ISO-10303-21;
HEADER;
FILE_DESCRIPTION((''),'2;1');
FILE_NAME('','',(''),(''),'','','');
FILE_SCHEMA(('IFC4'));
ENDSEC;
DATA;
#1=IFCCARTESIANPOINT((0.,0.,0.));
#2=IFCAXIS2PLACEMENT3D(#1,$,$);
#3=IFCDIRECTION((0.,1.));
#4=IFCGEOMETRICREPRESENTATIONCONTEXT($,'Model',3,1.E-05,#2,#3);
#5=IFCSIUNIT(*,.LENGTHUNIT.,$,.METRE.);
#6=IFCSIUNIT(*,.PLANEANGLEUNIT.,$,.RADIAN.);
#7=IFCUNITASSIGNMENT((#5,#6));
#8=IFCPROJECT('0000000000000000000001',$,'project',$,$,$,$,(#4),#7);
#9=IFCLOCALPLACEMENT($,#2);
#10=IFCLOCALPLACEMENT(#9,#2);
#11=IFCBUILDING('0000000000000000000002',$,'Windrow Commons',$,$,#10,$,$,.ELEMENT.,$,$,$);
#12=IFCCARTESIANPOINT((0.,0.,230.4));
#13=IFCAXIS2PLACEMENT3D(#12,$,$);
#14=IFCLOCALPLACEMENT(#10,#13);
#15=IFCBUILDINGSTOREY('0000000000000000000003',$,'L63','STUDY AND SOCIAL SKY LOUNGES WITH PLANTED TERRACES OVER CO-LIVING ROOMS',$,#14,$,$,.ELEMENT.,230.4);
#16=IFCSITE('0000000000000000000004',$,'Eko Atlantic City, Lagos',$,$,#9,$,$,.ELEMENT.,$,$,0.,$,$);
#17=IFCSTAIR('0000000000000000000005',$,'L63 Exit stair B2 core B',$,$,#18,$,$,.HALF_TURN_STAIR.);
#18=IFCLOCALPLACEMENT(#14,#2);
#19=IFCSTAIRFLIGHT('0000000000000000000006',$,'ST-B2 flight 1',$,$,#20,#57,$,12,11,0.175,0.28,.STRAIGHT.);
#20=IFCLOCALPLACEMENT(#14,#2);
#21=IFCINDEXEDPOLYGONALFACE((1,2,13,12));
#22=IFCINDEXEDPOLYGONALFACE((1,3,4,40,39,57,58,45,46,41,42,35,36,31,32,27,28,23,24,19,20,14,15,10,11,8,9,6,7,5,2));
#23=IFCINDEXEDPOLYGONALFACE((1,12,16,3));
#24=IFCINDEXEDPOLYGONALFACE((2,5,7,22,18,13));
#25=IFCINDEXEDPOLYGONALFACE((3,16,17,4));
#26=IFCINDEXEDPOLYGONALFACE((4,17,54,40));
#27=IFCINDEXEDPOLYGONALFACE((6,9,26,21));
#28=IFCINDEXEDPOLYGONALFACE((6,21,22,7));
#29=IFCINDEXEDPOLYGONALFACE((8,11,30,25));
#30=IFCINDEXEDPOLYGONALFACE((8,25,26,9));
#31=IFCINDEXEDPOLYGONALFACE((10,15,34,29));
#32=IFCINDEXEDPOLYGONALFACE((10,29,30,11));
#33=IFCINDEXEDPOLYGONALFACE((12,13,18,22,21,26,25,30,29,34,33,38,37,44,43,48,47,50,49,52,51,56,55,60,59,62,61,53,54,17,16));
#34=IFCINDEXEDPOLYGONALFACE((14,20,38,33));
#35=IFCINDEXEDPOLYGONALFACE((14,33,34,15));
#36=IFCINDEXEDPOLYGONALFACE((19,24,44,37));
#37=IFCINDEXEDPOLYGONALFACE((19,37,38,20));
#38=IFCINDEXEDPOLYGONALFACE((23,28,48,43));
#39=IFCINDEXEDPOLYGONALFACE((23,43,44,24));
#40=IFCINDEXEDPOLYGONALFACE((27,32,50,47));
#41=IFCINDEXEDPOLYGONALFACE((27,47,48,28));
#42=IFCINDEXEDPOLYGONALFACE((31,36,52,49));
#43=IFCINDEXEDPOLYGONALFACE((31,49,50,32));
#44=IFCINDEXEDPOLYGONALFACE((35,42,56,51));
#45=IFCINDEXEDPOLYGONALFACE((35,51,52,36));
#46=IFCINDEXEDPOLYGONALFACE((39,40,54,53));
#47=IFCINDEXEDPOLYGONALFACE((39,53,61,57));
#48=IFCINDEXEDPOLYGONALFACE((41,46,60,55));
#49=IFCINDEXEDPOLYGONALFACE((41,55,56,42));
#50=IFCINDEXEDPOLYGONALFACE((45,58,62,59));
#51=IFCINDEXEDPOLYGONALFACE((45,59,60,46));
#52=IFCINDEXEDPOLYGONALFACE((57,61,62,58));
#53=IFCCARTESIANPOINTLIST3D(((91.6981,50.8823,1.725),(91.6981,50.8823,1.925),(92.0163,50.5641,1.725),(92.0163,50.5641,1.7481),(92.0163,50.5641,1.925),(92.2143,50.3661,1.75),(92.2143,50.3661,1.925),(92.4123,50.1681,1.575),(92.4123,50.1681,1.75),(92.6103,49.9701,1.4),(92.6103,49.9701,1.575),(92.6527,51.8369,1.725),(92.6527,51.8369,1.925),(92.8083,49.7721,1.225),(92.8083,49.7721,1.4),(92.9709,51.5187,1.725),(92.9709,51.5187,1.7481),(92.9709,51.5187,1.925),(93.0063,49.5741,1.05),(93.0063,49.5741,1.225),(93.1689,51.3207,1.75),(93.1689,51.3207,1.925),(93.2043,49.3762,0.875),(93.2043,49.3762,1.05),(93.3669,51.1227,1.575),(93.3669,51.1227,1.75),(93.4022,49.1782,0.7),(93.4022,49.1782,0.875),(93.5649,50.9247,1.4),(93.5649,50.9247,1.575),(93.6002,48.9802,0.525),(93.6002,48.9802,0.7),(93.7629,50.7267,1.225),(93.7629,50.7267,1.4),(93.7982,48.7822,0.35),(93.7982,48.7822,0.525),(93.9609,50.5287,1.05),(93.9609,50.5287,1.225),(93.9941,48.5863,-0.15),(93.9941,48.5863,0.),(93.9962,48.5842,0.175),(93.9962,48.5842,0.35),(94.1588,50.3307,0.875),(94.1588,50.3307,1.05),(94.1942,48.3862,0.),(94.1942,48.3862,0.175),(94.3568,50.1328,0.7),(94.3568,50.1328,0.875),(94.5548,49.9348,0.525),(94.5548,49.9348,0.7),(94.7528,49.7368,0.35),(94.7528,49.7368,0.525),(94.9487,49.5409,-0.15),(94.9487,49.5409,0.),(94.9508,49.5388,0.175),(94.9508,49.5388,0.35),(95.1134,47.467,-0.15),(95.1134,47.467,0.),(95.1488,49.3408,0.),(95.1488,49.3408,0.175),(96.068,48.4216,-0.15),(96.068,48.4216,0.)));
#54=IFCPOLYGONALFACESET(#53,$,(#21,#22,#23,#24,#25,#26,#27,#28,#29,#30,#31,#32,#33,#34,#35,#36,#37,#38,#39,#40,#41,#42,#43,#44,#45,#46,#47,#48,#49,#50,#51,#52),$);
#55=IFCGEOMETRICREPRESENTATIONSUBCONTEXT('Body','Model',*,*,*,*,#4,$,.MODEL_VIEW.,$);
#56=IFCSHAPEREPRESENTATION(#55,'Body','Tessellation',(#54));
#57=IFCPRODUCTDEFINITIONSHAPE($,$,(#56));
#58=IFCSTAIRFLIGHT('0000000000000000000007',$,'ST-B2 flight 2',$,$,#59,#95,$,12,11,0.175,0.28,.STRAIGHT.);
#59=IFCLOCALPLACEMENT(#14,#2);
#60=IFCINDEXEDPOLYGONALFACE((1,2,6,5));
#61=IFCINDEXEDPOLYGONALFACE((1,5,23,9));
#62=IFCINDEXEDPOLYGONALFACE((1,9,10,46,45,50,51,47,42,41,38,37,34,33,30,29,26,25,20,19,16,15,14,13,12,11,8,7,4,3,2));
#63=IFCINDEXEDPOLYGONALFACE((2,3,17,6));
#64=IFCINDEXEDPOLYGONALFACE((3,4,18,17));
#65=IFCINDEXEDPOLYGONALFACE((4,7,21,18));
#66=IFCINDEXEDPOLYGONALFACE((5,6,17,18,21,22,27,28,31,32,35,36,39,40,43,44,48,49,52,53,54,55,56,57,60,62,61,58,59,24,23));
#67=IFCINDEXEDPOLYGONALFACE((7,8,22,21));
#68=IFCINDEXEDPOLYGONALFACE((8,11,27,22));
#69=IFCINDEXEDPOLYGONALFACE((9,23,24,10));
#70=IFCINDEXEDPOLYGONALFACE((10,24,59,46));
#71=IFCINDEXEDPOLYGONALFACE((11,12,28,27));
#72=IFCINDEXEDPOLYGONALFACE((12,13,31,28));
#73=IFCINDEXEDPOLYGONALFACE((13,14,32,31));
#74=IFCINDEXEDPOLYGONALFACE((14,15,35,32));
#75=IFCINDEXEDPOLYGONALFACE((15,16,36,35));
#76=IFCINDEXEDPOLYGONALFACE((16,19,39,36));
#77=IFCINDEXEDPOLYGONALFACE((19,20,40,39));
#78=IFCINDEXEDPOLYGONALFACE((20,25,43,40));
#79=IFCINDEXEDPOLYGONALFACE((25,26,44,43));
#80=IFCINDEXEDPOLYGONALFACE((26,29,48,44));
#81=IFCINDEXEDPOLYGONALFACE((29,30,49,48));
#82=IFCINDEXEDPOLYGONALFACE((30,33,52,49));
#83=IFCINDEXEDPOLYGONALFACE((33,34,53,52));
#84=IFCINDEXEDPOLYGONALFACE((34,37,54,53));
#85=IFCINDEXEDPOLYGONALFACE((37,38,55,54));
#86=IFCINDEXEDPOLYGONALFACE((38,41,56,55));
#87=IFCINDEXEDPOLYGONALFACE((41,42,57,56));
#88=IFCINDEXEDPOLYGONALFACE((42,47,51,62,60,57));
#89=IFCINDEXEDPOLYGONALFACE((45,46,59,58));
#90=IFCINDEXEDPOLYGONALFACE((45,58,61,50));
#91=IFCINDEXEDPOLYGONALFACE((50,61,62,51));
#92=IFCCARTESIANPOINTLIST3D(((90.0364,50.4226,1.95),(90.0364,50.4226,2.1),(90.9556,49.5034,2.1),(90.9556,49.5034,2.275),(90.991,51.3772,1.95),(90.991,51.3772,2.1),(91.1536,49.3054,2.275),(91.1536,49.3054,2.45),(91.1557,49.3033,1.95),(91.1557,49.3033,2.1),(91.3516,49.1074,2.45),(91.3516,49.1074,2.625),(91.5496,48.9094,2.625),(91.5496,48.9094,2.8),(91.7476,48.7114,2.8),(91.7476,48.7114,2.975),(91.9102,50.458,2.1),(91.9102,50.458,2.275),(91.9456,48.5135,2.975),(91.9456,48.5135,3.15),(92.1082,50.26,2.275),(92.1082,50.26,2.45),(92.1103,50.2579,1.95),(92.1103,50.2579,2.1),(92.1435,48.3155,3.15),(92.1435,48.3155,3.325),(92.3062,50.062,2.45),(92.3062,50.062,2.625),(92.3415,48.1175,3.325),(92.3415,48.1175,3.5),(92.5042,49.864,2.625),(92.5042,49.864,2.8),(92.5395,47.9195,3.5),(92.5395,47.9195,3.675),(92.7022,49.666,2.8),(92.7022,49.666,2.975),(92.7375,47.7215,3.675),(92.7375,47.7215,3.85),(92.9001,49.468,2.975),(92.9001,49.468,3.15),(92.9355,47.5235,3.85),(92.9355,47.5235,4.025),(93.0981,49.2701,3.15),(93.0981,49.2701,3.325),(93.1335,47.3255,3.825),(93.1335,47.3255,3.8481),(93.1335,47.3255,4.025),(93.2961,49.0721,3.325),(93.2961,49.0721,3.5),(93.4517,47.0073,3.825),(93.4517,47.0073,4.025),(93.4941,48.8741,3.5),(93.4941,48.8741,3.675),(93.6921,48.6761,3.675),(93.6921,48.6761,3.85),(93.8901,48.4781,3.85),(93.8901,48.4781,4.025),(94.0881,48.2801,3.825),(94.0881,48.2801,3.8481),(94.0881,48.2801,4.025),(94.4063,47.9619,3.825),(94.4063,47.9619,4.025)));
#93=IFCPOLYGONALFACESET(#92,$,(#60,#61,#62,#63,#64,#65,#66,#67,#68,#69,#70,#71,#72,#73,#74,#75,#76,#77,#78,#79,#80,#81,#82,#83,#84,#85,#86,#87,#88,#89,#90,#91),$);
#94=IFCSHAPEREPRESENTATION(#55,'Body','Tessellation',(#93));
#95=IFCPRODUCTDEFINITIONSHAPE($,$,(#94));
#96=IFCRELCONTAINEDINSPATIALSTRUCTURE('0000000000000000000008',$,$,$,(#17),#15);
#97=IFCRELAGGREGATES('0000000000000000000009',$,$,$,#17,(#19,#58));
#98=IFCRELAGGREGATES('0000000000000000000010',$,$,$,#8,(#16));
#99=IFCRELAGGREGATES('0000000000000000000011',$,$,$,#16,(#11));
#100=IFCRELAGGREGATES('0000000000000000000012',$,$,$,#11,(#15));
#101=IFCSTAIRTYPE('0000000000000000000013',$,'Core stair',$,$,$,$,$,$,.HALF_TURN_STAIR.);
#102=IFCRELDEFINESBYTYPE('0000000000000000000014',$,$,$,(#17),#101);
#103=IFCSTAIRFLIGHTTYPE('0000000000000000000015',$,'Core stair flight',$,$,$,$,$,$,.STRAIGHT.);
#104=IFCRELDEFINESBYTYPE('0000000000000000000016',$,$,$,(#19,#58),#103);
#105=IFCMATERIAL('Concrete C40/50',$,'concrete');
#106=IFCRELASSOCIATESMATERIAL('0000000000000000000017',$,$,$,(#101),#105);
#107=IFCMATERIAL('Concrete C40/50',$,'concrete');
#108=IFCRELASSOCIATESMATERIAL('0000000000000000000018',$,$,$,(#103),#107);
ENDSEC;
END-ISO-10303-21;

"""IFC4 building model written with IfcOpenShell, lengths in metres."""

from ifc_helpers import new_model, si_unit, direction, frame, origin, place, context, subcontext, project, spatial, polyline, outline, extrude, material, type_object, element, aggregate, save


model = new_model("IFC4")

# Units and contexts
model_context = context("Model", 3, precision=1e-05, world=origin(), true_north=direction((0.0, 1.0)))
body_context = subcontext(model_context, "Body", "Model", "MODEL_VIEW")
ifc_project = project(units=[si_unit("LENGTHUNIT", "METRE"), si_unit("PLANEANGLEUNIT", "RADIAN")], contexts=[model_context])

# Site, building, storey
site_placement = place(None, origin())
site = spatial("IfcSite", under=ifc_project, at=site_placement, Name="Eko Atlantic City, Lagos", CompositionType="ELEMENT", RefElevation=0.0)
building_placement = place(site_placement, origin())
building = spatial("IfcBuilding", under=site, at=building_placement, Name="Windrow Commons", CompositionType="ELEMENT")
storey_placement = place(building_placement, frame((0.0, 0.0, 230.4)))
storey = spatial("IfcBuildingStorey", under=building, at=storey_placement, Name="L63", Description="STUDY AND SOCIAL SKY LOUNGES WITH PLANTED TERRACES OVER CO-LIVING ROOMS", CompositionType="ELEMENT", Elevation=230.4)

# Shared definitions
placement = place(storey_placement, origin())

# Stair, stair flights
ifc_material_1 = material(Name="Concrete C40/50", Category="concrete")
stair_type = type_object("IfcStairType", Name="Core stair", PredefinedType="HALF_TURN_STAIR", material=ifc_material_1)
stair = element("IfcStair", 1, at=placement, inside=storey, type_object=stair_type, Name="L63 Exit stair B2 core B", PredefinedType="HALF_TURN_STAIR")
ifc_material_2 = material(Name="Concrete C40/50", Category="concrete")
stair_flight_type = type_object("IfcStairFlightType", Name="Core stair flight", PredefinedType="STRAIGHT", material=ifc_material_2)
stair_flight_1_placement = place(storey_placement, frame((94.6715, 48.8635, 0.0), z_axis=(0.0, 0.0, 1.0), x_axis=(-0.707107, 0.707107, 0.0)))
stair_flight_1 = element("IfcStairFlight", 2, at=stair_flight_1_placement, type_object=stair_flight_type, Name="ST-B2 flight 1", NumberOfRisers=12, NumberOfTreads=11, PredefinedType="STRAIGHT", RiserHeight=0.175, TreadLength=0.28, context=body_context, shape_type="SweptSolid", body=[
    extrude(outline(polyline([(-1.3, -0.15), (-1.3, 0.0), (0.0, 0.0), (0.0, 0.175), (0.28, 0.175), (0.28, 0.35), (0.56, 0.35), (0.56, 0.525), (0.84, 0.525), (0.84, 0.7), (1.12, 0.7), (1.12, 0.875), (1.4, 0.875), (1.4, 1.05), (1.68, 1.05), (1.68, 1.225), (1.96, 1.225), (1.96, 1.4), (2.24, 1.4), (2.24, 1.575), (2.52, 1.575), (2.52, 1.75), (2.8, 1.75), (2.8, 1.925), (3.08, 1.925), (3.53, 1.925), (3.53, 1.725), (3.08, 1.725), (3.08, 1.7481), (0.283, 0.0), (0.283, -0.15), (-1.3, -0.15)])), frame((0.0, 0.675, 0.0), z_axis=(0.0, -1.0, 0.0), x_axis=(1.0, 0.0, 0.0)), (0.0, 0.0, 1.0), 1.35),
])
stair_flight_2_placement = place(storey_placement, frame((91.4329, 49.9807, 2.1), z_axis=(0.0, 0.0, 1.0), x_axis=(0.707107, -0.707107, 0.0)))
stair_flight_2 = element("IfcStairFlight", 3, at=stair_flight_2_placement, type_object=stair_flight_type, Name="ST-B2 flight 2", NumberOfRisers=12, NumberOfTreads=11, PredefinedType="STRAIGHT", RiserHeight=0.175, TreadLength=0.28, context=body_context, shape_type="SweptSolid", body=[
    extrude(outline(polyline([(-1.3, -0.15), (-1.3, 0.0), (0.0, 0.0), (0.0, 0.175), (0.28, 0.175), (0.28, 0.35), (0.56, 0.35), (0.56, 0.525), (0.84, 0.525), (0.84, 0.7), (1.12, 0.7), (1.12, 0.875), (1.4, 0.875), (1.4, 1.05), (1.68, 1.05), (1.68, 1.225), (1.96, 1.225), (1.96, 1.4), (2.24, 1.4), (2.24, 1.575), (2.52, 1.575), (2.52, 1.75), (2.8, 1.75), (2.8, 1.925), (3.08, 1.925), (3.53, 1.925), (3.53, 1.725), (3.08, 1.725), (3.08, 1.7481), (0.283, 0.0), (0.283, -0.15), (-1.3, -0.15)])), frame((0.0, 0.675, 0.0), z_axis=(0.0, -1.0, 0.0), x_axis=(1.0, 0.0, 0.0)), (0.0, 0.0, 1.0), 1.35),
])
aggregate(stair, [stair_flight_1, stair_flight_2])

save(model, "model.ifc")
